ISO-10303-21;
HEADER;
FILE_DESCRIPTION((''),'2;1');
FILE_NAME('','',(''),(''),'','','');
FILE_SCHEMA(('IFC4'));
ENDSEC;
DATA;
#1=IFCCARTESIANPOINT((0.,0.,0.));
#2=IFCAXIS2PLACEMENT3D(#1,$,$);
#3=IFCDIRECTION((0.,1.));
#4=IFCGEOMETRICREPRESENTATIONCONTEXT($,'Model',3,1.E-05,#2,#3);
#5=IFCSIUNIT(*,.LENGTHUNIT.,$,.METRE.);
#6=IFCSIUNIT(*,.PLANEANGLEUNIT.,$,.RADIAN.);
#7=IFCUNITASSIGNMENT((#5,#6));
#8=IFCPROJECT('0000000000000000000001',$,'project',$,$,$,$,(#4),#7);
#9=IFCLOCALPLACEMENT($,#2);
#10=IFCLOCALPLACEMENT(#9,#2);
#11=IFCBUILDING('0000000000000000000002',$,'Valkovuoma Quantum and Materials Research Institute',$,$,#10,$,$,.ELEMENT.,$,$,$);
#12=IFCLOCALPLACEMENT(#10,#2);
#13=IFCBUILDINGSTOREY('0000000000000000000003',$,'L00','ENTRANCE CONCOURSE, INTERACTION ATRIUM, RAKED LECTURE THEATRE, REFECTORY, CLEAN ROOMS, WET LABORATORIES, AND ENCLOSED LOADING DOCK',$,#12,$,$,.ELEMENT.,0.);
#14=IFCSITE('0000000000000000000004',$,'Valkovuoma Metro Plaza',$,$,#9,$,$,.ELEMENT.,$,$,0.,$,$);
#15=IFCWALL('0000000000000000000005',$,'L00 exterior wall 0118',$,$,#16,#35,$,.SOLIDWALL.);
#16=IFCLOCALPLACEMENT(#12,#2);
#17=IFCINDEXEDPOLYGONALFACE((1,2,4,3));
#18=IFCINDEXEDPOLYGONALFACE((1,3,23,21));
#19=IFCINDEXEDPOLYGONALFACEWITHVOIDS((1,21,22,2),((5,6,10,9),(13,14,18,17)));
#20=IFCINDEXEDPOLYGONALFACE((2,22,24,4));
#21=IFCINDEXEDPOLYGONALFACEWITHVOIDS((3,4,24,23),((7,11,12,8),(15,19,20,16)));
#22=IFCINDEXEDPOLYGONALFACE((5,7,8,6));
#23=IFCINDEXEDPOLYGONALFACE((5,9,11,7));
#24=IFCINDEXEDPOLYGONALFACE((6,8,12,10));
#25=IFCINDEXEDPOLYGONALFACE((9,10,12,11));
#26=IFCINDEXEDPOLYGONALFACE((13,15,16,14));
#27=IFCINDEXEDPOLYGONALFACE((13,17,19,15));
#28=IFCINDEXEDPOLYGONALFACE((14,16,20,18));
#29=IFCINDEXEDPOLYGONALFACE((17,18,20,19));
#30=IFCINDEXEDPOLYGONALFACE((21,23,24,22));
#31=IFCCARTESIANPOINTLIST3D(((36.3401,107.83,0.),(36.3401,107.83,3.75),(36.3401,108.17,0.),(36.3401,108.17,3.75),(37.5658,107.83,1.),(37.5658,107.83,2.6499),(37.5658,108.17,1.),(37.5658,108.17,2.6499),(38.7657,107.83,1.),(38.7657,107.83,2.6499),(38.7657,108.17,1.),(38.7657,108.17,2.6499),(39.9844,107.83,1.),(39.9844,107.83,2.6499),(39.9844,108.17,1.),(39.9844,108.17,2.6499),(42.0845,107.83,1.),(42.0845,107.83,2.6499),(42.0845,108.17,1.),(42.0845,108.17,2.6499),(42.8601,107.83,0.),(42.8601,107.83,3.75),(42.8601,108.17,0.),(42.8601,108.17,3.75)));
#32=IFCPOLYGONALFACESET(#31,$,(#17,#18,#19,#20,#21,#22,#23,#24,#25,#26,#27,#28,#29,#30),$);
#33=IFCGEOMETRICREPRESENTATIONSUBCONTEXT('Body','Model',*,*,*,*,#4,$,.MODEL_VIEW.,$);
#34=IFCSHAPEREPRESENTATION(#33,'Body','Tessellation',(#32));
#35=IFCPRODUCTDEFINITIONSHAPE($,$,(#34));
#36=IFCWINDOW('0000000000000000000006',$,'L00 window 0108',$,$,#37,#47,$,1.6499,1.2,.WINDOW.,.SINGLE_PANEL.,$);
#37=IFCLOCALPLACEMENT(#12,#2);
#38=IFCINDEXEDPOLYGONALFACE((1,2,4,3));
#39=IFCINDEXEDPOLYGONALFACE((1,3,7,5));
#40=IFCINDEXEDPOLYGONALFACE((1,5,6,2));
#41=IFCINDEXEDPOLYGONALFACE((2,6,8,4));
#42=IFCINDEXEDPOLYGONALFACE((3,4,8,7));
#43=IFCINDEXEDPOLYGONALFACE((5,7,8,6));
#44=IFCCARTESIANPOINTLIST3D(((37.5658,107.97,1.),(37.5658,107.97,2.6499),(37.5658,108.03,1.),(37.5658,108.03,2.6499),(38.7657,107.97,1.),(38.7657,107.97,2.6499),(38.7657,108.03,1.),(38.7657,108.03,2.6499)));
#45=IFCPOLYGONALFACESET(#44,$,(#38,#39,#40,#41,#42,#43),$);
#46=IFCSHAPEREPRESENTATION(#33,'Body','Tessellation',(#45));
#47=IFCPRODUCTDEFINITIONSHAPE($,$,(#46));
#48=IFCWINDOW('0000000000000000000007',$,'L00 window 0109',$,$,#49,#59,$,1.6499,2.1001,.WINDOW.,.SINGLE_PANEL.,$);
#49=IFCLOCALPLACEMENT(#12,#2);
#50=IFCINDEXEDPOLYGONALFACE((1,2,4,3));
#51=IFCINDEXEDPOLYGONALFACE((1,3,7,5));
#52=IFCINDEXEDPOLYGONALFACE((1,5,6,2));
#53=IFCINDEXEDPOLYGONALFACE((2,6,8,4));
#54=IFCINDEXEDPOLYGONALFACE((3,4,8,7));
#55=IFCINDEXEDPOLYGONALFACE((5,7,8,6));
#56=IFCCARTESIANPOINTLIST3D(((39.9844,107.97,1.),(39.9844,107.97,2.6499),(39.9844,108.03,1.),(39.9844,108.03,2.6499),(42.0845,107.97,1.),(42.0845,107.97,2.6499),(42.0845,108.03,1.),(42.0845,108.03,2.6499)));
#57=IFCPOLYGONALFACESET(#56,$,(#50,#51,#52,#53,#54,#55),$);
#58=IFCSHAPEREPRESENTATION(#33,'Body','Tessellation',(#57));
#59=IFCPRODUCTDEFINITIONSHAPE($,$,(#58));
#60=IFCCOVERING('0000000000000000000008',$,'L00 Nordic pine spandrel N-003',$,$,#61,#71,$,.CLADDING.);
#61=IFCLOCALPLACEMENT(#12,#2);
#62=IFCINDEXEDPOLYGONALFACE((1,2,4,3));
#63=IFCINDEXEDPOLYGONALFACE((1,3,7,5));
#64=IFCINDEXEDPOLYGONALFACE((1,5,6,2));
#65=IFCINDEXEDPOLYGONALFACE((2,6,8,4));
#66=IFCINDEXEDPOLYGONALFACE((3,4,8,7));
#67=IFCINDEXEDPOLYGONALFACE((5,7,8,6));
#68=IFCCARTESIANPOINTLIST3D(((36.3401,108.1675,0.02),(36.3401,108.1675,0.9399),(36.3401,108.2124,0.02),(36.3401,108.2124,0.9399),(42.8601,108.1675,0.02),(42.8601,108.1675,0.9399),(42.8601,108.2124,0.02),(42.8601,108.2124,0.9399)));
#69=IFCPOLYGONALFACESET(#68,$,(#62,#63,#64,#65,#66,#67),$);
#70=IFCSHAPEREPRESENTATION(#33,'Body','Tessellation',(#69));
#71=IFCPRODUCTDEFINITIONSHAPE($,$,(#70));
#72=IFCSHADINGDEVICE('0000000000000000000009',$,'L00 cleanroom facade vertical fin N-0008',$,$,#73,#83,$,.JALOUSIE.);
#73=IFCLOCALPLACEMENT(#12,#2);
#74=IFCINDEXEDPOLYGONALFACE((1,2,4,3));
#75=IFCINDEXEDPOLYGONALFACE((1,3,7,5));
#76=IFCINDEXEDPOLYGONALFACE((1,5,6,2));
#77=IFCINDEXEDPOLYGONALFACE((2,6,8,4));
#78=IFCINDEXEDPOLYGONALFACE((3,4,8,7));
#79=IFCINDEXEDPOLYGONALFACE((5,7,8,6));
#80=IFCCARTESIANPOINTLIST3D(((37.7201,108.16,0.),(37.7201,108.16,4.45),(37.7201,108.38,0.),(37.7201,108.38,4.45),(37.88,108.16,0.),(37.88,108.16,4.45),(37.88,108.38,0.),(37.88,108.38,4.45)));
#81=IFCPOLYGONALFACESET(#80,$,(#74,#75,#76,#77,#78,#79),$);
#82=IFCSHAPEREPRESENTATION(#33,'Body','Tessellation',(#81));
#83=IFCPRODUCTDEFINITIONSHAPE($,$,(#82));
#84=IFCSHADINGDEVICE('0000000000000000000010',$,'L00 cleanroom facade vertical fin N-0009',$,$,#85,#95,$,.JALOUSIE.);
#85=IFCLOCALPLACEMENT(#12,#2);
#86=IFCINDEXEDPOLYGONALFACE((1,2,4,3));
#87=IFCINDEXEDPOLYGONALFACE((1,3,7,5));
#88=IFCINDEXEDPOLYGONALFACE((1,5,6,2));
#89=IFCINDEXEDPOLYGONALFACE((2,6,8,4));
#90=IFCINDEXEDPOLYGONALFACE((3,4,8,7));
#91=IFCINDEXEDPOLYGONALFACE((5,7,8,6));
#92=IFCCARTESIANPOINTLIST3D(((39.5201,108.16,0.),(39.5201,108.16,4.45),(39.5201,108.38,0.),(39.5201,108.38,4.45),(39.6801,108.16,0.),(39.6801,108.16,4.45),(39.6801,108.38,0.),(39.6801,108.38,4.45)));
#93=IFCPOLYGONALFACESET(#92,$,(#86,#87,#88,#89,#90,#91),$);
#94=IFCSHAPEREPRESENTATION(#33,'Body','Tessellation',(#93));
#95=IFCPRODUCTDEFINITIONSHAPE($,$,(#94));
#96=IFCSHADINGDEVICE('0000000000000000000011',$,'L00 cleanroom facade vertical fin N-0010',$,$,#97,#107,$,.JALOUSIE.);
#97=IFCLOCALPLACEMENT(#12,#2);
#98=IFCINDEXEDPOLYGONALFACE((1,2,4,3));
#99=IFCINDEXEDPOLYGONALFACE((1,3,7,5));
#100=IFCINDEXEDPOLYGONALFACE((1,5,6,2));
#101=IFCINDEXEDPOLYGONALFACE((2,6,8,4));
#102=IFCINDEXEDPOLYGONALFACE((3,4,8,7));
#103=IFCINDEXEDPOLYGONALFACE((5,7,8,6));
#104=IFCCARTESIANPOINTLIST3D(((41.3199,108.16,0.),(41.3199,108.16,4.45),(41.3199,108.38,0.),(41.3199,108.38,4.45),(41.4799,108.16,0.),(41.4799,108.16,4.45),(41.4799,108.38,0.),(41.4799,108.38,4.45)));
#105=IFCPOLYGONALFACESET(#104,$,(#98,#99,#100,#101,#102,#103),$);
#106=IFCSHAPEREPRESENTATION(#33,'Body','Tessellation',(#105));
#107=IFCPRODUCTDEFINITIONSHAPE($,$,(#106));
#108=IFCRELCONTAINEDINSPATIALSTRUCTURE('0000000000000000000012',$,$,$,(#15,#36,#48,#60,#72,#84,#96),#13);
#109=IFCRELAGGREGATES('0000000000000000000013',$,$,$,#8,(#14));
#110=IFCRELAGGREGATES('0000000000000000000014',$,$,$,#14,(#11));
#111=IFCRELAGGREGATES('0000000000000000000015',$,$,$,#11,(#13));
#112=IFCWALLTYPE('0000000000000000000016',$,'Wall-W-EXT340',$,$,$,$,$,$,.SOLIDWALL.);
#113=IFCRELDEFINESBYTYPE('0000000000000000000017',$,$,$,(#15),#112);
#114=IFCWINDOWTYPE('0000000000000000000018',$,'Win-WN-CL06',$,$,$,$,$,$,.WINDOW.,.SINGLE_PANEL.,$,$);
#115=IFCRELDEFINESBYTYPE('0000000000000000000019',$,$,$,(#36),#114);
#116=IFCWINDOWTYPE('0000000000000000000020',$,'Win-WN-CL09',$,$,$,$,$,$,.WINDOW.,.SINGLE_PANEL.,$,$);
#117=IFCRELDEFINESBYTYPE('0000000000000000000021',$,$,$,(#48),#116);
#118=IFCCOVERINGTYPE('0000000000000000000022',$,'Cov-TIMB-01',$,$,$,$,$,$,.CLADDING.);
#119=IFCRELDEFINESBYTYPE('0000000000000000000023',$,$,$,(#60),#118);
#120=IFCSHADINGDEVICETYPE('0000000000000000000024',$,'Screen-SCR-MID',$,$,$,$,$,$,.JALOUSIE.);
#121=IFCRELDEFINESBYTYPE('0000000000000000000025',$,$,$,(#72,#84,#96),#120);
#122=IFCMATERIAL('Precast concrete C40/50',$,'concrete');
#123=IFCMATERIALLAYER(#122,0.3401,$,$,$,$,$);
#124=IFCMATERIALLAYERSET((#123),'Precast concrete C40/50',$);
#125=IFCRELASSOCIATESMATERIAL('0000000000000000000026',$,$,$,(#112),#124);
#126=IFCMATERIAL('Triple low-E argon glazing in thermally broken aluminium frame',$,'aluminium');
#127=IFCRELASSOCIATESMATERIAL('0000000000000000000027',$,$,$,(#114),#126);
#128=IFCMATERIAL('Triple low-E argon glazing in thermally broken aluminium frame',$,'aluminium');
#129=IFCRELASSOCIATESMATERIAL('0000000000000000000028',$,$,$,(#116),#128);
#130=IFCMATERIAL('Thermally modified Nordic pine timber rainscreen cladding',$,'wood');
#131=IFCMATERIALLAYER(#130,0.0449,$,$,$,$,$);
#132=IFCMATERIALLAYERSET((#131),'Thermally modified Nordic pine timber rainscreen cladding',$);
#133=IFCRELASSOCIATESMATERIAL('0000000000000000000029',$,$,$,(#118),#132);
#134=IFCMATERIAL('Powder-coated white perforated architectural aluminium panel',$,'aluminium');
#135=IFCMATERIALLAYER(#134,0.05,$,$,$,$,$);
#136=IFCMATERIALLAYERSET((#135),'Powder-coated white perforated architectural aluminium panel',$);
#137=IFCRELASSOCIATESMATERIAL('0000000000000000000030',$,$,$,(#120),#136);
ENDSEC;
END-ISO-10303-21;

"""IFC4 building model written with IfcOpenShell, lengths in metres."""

from ifc_helpers import new_model, si_unit, direction, frame, frame_2d, origin, origin_2d, place, context, subcontext, project, spatial, rectangle, extrude, material, layer, layer_set, type_object, element, fill, save


model = new_model("IFC4")

# Units and contexts
model_context = context("Model", 3, precision=1e-05, world=origin(), true_north=direction((0.0, 1.0)))
body_context = subcontext(model_context, "Body", "Model", "MODEL_VIEW")
ifc_project = project(units=[si_unit("LENGTHUNIT", "METRE"), si_unit("PLANEANGLEUNIT", "RADIAN")], contexts=[model_context])

# Site, building, storey
site_placement = place(None, origin())
site = spatial("IfcSite", under=ifc_project, at=site_placement, Name="Valkovuoma Metro Plaza", CompositionType="ELEMENT", RefElevation=0.0)
building_placement = place(site_placement, origin())
building = spatial("IfcBuilding", under=site, at=building_placement, Name="Valkovuoma Quantum and Materials Research Institute", CompositionType="ELEMENT")
storey_placement = place(building_placement, origin())
storey = spatial("IfcBuildingStorey", under=building, at=storey_placement, Name="L00", Description="ENTRANCE CONCOURSE, INTERACTION ATRIUM, RAKED LECTURE THEATRE, REFECTORY, CLEAN ROOMS, WET LABORATORIES, AND ENCLOSED LOADING DOCK", CompositionType="ELEMENT", Elevation=0.0)

# Wall, openings, windows
ifc_material_1 = material(Name="Precast concrete C40/50", Category="concrete")
ifc_layer_1 = layer(ifc_material_1, 0.3401)
ifc_layer_set_1 = layer_set([ifc_layer_1], Name="Precast concrete C40/50")
wall_type = type_object("IfcWallType", Name="Wall-W-EXT340", PredefinedType="SOLIDWALL", material=ifc_layer_set_1)
wall_placement = place(storey_placement, frame((36.3401, 108.0, 0.0), z_axis=(0.0, 0.0, 1.0), x_axis=(1.0, 0.0, 0.0)))
wall = element("IfcWall", 1, at=wall_placement, inside=storey, type_object=wall_type, Name="L00 exterior wall 0118", PredefinedType="SOLIDWALL", context=body_context, shape_type="SweptSolid", body=[
    extrude(rectangle(XDim=6.52, YDim=0.3401, at=frame_2d((3.26, 0.0))), origin(), (0.0, 0.0, 1.0), 3.75),
])
opening_1_placement = place(wall_placement, frame((1.2256, 0.0, 1.0)))
opening_1 = element("IfcOpeningElement", 2, at=opening_1_placement, cuts=wall, PredefinedType="OPENING", context=body_context, shape_type="SweptSolid", body=[
    extrude(rectangle(XDim=1.2, YDim=1.6499, at=frame_2d((0.6001, 0.825))), frame((0.0, 0.1802, 0.0), z_axis=(0.0, -1.0, 0.0), x_axis=(1.0, 0.0, 0.0)), (0.0, 0.0, 1.0), 0.3601),
])
opening_2_placement = place(wall_placement, frame((3.6443, 0.0, 1.0)))
opening_2 = element("IfcOpeningElement", 3, at=opening_2_placement, cuts=wall, PredefinedType="OPENING", context=body_context, shape_type="SweptSolid", body=[
    extrude(rectangle(XDim=2.1001, YDim=1.6499, at=frame_2d((1.05, 0.825))), frame((0.0, 0.1802, 0.0), z_axis=(0.0, -1.0, 0.0), x_axis=(1.0, 0.0, 0.0)), (0.0, 0.0, 1.0), 0.3601),
])
ifc_material_2 = material(Name="Triple low-E argon glazing in thermally broken aluminium frame", Category="aluminium")
window_type_1 = type_object("IfcWindowType", Name="Win-WN-CL06", PartitioningType="SINGLE_PANEL", PredefinedType="WINDOW", material=ifc_material_2)
window_1_placement = place(opening_1_placement, origin())
window_1 = element("IfcWindow", 4, at=window_1_placement, inside=storey, type_object=window_type_1, Name="L00 window 0108", OverallHeight=1.6499, OverallWidth=1.2, PartitioningType="SINGLE_PANEL", PredefinedType="WINDOW", context=body_context, shape_type="SweptSolid", body=[
    extrude(rectangle(XDim=1.2, YDim=1.6499, at=frame_2d((0.6001, 0.825))), frame((0.0, 0.03, 0.0), z_axis=(0.0, -1.0, 0.0), x_axis=(1.0, 0.0, 0.0)), (0.0, 0.0, 1.0), 0.0601),
])
fill(opening_1, window_1)
ifc_material_3 = material(Name="Triple low-E argon glazing in thermally broken aluminium frame", Category="aluminium")
window_type_2 = type_object("IfcWindowType", Name="Win-WN-CL09", PartitioningType="SINGLE_PANEL", PredefinedType="WINDOW", material=ifc_material_3)
window_2_placement = place(opening_2_placement, origin())
window_2 = element("IfcWindow", 5, at=window_2_placement, inside=storey, type_object=window_type_2, Name="L00 window 0109", OverallHeight=1.6499, OverallWidth=2.1001, PartitioningType="SINGLE_PANEL", PredefinedType="WINDOW", context=body_context, shape_type="SweptSolid", body=[
    extrude(rectangle(XDim=2.1001, YDim=1.6499, at=frame_2d((1.05, 0.825))), frame((0.0, 0.03, 0.0), z_axis=(0.0, -1.0, 0.0), x_axis=(1.0, 0.0, 0.0)), (0.0, 0.0, 1.0), 0.0601),
])
fill(opening_2, window_2)

# Covering
ifc_material_4 = material(Name="Thermally modified Nordic pine timber rainscreen cladding", Category="wood")
ifc_layer_2 = layer(ifc_material_4, 0.0449)
ifc_layer_set_2 = layer_set([ifc_layer_2], Name="Thermally modified Nordic pine timber rainscreen cladding")
covering_type = type_object("IfcCoveringType", Name="Cov-TIMB-01", PredefinedType="CLADDING", material=ifc_layer_set_2)
covering_placement = place(storey_placement, frame((39.6001, 108.1899, 0.02), z_axis=(0.0, 0.0, 1.0), x_axis=(1.0, 0.0, 0.0)))
element("IfcCovering", 6, at=covering_placement, inside=storey, type_object=covering_type, Name="L00 Nordic pine spandrel N-003", PredefinedType="CLADDING", context=body_context, shape_type="SweptSolid", body=[
    extrude(rectangle(XDim=6.52, YDim=0.0449, at=origin_2d()), origin(), (0.0, 0.0, 1.0), 0.9199),
])

# Shading devices
ifc_material_5 = material(Name="Powder-coated white perforated architectural aluminium panel", Category="aluminium")
ifc_layer_3 = layer(ifc_material_5, 0.05)
ifc_layer_set_3 = layer_set([ifc_layer_3], Name="Powder-coated white perforated architectural aluminium panel")
shading_device_type = type_object("IfcShadingDeviceType", Name="Screen-SCR-MID", PredefinedType="JALOUSIE", material=ifc_layer_set_3)
for number, where, z_axis, x_axis, name in (
    (7, (37.8, 108.27, 0.0), (0.0, 0.0, 1.0), (1.0, 0.0, 0.0), "L00 cleanroom facade vertical fin N-0008"),
    (8, (39.6001, 108.27, 0.0), (0.0, 0.0, 1.0), (1.0, 0.0, 0.0), "L00 cleanroom facade vertical fin N-0009"),
    (9, (41.3999, 108.27, 0.0), (0.0, 0.0, 1.0), (1.0, 0.0, 0.0), "L00 cleanroom facade vertical fin N-0010"),
):
    element("IfcShadingDevice", number, at=place(storey_placement, frame(where, z_axis=z_axis, x_axis=x_axis)), inside=storey, type_object=shading_device_type, Name=name, PredefinedType="JALOUSIE", context=body_context, shape_type="SweptSolid", body=[
        extrude(rectangle(XDim=0.1599, YDim=0.22, at=origin_2d()), origin(), (0.0, 0.0, 1.0), 4.45),
    ])

save(model, "model.ifc")
